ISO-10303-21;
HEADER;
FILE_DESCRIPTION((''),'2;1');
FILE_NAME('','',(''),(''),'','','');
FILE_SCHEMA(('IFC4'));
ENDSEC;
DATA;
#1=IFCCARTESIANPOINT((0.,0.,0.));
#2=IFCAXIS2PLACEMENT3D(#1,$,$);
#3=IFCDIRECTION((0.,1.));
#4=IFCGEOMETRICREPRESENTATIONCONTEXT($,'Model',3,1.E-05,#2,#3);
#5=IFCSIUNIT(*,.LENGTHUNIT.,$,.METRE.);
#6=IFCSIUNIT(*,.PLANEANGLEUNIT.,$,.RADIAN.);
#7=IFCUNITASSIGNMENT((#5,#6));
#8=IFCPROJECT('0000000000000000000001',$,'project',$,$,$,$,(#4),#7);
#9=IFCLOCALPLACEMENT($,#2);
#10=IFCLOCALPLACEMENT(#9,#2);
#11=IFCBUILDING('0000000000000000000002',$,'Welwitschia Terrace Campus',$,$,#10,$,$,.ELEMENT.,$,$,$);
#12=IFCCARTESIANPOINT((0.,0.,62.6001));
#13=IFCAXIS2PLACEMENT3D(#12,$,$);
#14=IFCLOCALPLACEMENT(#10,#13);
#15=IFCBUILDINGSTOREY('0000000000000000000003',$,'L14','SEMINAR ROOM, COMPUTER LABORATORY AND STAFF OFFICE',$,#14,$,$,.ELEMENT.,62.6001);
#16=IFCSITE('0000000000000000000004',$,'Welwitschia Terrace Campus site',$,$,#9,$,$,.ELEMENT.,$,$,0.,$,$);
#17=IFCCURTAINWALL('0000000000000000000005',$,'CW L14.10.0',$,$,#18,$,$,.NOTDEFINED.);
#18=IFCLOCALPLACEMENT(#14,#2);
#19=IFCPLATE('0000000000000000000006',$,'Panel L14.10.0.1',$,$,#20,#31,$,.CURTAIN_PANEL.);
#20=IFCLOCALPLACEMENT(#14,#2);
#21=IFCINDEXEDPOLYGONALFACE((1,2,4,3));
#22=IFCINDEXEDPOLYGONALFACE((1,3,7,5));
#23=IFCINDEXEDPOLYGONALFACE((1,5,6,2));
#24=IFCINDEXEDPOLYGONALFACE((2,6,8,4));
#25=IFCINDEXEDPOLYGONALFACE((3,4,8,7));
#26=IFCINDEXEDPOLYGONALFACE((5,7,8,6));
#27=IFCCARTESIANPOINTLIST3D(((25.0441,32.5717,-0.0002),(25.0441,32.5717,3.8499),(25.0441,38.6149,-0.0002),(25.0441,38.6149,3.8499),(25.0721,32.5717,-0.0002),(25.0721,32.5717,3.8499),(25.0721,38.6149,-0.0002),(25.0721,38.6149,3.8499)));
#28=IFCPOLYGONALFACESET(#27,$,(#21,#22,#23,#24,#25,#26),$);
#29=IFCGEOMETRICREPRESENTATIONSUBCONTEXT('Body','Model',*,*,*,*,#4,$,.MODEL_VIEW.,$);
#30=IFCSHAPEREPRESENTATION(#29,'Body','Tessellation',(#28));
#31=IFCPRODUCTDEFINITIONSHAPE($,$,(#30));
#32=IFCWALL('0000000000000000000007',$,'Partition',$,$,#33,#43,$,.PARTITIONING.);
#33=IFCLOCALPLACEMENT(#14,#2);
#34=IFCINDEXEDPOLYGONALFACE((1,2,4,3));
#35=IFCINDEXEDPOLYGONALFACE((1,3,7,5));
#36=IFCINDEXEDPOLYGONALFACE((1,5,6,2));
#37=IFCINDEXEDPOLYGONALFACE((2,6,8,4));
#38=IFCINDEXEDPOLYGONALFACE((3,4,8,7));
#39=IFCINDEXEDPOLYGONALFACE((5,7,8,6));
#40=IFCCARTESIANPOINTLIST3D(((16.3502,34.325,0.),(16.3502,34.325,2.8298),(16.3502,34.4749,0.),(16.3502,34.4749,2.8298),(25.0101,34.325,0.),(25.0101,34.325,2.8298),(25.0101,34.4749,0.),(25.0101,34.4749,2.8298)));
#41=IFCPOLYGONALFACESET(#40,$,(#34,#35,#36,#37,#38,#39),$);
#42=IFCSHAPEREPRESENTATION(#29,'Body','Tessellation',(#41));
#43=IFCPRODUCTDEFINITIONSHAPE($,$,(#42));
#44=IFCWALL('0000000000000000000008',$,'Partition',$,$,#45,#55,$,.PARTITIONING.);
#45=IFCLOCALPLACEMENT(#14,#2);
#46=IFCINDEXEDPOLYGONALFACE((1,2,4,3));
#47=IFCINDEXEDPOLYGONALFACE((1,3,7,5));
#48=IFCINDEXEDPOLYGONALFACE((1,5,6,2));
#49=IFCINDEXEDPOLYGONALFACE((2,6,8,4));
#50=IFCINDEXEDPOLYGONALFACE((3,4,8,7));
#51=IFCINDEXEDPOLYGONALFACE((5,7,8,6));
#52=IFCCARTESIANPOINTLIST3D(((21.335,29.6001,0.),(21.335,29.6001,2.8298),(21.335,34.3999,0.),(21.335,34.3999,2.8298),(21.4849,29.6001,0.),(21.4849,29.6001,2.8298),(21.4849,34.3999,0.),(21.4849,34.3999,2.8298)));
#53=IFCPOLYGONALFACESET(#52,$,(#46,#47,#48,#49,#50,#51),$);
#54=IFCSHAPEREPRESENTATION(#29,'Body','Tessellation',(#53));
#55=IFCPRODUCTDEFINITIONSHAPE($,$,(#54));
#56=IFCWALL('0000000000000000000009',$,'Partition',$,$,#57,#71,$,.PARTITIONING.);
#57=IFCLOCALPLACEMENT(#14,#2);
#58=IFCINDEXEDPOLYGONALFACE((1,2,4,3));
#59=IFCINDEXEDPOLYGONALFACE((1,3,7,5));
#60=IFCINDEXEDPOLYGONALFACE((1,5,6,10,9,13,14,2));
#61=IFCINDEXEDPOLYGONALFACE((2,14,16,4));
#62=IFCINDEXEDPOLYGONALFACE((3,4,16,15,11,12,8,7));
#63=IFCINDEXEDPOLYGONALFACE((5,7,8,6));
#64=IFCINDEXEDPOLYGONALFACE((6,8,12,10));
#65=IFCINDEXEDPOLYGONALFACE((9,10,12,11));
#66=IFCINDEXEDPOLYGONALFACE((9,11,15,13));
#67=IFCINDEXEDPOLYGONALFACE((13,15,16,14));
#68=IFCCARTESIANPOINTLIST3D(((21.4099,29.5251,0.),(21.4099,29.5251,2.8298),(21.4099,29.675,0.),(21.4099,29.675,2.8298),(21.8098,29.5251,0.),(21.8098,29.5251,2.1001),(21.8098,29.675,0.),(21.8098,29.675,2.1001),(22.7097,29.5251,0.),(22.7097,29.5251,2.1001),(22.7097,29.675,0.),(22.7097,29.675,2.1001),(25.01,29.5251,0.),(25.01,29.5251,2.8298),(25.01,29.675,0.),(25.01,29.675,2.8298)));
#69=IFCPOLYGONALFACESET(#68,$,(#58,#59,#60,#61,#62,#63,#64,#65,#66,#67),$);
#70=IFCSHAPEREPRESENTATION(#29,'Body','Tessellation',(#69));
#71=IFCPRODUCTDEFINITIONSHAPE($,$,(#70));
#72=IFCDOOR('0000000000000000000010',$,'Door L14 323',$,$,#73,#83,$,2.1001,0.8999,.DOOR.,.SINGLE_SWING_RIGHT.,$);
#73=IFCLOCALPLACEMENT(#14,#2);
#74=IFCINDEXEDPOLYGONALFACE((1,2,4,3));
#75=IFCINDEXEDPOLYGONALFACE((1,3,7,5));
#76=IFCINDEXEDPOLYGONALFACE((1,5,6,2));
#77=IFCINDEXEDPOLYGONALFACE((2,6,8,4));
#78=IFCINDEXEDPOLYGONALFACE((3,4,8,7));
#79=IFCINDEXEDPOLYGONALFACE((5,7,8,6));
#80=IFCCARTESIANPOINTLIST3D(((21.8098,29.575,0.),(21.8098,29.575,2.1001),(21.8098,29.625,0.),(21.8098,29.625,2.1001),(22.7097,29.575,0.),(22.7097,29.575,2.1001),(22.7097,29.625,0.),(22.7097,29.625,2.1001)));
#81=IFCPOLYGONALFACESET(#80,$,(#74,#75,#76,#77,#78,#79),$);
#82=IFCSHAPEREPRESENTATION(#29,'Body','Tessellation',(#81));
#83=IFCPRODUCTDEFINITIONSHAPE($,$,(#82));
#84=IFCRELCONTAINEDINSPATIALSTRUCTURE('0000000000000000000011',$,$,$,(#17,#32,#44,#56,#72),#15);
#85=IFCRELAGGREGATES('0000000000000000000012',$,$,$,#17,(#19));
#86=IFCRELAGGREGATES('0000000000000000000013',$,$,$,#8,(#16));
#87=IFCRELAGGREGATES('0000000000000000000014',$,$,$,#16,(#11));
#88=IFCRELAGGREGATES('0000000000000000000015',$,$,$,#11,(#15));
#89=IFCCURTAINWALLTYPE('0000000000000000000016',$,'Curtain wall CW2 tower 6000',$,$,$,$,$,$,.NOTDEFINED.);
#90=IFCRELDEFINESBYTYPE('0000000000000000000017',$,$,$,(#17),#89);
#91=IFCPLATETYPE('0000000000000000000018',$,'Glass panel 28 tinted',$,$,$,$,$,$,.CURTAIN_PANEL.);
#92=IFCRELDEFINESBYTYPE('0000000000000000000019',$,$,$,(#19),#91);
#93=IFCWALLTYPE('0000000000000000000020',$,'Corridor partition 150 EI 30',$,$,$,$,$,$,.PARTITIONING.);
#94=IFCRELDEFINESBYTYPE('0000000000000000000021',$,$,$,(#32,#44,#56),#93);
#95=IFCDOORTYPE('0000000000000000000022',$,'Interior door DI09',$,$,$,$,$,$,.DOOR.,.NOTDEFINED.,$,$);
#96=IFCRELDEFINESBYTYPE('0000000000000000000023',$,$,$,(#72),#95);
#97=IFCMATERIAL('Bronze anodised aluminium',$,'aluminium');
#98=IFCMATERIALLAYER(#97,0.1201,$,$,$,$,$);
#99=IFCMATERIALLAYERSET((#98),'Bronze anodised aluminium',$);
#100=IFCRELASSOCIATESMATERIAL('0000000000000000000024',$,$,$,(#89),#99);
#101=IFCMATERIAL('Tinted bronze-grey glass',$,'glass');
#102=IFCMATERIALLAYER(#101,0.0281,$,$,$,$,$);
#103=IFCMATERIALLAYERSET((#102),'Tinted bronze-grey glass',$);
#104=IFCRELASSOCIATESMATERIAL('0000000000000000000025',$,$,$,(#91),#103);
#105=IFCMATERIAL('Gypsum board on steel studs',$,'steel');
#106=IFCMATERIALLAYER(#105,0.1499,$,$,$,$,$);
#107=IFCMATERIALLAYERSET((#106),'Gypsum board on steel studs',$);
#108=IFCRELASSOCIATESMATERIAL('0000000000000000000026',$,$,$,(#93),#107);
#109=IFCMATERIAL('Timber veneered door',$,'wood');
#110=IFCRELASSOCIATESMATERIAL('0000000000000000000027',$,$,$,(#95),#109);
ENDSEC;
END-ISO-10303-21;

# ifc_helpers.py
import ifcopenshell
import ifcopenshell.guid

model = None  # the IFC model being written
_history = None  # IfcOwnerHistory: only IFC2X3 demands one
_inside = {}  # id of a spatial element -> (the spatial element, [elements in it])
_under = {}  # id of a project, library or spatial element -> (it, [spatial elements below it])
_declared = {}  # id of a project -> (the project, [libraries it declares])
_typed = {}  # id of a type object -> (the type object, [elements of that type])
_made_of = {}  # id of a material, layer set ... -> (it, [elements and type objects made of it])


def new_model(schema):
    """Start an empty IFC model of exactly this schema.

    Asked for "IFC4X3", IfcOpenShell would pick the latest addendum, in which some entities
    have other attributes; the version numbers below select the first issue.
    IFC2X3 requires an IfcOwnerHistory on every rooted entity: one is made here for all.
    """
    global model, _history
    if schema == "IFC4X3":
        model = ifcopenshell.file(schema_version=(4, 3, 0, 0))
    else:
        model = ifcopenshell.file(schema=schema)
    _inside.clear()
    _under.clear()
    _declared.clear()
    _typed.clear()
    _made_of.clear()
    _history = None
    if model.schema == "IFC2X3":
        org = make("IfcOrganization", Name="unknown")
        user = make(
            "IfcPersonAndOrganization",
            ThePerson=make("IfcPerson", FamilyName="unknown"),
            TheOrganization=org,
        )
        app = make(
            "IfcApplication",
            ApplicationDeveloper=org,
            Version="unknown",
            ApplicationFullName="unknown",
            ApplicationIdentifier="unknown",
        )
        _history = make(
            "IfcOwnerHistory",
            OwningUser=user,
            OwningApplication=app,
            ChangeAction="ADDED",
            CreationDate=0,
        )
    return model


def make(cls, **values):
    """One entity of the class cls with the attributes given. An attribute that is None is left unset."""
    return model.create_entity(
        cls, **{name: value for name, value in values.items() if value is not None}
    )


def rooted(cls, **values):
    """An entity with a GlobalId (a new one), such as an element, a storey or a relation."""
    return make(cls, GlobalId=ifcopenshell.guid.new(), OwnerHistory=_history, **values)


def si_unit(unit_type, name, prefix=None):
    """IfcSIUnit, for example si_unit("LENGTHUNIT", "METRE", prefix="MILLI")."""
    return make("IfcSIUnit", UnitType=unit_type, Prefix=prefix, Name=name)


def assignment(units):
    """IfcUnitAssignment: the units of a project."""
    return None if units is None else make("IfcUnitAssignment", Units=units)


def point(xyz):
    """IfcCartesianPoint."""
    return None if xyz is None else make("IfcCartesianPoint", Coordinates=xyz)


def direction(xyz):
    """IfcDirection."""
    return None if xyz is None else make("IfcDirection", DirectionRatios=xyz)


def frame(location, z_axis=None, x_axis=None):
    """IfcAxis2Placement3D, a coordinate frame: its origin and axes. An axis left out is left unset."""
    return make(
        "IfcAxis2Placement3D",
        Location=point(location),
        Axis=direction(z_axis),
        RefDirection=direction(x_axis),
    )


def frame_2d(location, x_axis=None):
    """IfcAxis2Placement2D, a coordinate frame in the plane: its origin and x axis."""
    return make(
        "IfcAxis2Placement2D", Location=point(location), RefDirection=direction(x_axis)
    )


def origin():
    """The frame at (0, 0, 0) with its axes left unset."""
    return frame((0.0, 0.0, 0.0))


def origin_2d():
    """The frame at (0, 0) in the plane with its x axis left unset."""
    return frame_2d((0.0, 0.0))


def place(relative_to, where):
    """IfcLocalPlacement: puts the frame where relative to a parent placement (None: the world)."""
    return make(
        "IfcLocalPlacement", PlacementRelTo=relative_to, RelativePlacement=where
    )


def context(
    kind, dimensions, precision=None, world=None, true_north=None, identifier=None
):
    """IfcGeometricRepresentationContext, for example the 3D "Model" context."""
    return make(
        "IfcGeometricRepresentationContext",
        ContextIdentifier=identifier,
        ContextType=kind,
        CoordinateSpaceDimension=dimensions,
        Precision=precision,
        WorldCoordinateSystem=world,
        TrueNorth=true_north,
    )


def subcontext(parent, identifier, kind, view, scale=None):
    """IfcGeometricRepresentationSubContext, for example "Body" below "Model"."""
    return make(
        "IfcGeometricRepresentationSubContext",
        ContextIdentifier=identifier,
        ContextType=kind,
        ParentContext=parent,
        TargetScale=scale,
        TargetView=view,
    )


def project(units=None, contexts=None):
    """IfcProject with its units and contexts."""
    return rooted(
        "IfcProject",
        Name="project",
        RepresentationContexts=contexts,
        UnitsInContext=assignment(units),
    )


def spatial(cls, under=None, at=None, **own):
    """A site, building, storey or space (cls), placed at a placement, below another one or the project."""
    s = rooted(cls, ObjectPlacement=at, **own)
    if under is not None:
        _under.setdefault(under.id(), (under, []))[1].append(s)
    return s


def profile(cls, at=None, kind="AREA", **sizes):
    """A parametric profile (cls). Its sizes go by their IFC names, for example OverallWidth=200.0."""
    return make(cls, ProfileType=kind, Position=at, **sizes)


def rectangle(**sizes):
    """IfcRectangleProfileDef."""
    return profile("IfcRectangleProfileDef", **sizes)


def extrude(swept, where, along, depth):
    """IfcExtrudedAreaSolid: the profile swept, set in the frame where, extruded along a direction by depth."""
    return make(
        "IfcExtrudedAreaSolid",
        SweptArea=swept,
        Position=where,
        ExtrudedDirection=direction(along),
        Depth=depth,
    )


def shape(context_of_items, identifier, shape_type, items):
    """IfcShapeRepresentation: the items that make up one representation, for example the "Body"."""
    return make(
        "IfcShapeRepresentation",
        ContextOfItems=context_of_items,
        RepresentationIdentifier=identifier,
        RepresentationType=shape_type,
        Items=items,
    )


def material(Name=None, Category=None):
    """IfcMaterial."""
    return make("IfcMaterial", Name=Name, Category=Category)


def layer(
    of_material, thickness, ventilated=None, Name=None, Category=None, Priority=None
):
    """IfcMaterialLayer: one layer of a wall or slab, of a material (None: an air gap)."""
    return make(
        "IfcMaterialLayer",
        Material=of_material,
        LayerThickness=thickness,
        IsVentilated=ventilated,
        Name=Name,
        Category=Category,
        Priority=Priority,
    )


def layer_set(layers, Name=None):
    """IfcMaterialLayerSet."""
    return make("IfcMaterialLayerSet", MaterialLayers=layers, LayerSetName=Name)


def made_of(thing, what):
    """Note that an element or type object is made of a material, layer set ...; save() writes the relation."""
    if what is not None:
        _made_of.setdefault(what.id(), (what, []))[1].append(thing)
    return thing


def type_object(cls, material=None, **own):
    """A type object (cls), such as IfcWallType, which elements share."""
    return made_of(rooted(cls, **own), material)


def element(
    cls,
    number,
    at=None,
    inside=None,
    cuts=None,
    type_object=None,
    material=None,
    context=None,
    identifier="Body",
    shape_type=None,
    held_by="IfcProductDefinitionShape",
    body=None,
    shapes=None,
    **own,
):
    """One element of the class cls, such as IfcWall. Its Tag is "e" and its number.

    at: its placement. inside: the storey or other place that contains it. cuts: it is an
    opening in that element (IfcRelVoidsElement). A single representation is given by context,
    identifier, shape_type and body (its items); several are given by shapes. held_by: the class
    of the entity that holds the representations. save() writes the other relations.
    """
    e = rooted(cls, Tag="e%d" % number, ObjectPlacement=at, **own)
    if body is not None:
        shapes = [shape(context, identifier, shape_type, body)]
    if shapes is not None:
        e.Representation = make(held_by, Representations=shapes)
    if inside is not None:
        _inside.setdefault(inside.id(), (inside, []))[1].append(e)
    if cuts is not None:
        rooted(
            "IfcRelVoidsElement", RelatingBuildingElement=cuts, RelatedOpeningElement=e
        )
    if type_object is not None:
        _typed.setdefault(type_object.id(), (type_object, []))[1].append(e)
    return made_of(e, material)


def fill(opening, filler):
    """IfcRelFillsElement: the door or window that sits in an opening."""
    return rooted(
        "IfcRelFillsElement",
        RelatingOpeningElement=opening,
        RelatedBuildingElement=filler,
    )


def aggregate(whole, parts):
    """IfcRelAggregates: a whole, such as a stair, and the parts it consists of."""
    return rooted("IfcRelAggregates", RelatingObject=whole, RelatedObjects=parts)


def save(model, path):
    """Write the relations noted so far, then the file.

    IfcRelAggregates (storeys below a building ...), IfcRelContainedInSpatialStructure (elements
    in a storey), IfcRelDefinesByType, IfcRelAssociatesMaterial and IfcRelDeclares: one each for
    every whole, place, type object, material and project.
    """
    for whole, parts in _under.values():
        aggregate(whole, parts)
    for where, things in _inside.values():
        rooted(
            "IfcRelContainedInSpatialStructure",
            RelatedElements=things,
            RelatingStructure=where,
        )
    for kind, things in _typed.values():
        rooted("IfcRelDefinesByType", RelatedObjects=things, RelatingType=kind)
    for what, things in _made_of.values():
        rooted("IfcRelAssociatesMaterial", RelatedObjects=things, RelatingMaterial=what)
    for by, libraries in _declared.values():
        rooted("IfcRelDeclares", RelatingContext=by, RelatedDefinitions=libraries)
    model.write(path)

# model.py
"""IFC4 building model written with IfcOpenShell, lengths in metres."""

from ifc_helpers import new_model, si_unit, direction, frame, frame_2d, origin, origin_2d, place, context, subcontext, project, spatial, rectangle, extrude, material, layer, layer_set, type_object, element, fill, aggregate, save


model = new_model("IFC4")

# Units and contexts
model_context = context("Model", 3, precision=1e-05, world=origin(), true_north=direction((0.0, 1.0)))
body_context = subcontext(model_context, "Body", "Model", "MODEL_VIEW")
ifc_project = project(units=[si_unit("LENGTHUNIT", "METRE"), si_unit("PLANEANGLEUNIT", "RADIAN")], contexts=[model_context])

# Site, building, storey
site_placement = place(None, origin())
site = spatial("IfcSite", under=ifc_project, at=site_placement, Name="Welwitschia Terrace Campus site", CompositionType="ELEMENT", RefElevation=0.0)
building_placement = place(site_placement, origin())
building = spatial("IfcBuilding", under=site, at=building_placement, Name="Welwitschia Terrace Campus", CompositionType="ELEMENT")
storey_placement = place(building_placement, frame((0.0, 0.0, 62.6001)))
storey = spatial("IfcBuildingStorey", under=building, at=storey_placement, Name="L14", Description="SEMINAR ROOM, COMPUTER LABORATORY AND STAFF OFFICE", CompositionType="ELEMENT", Elevation=62.6001)

# Curtain wall
ifc_material_1 = material(Name="Bronze anodised aluminium", Category="aluminium")
ifc_layer_1 = layer(ifc_material_1, 0.1201)
ifc_layer_set_1 = layer_set([ifc_layer_1], Name="Bronze anodised aluminium")
curtain_wall_type = type_object("IfcCurtainWallType", Name="Curtain wall CW2 tower 6000", PredefinedType="NOTDEFINED", material=ifc_layer_set_1)
curtain_wall_placement = place(storey_placement, origin())
curtain_wall = element("IfcCurtainWall", 1, at=curtain_wall_placement, inside=storey, type_object=curtain_wall_type, Name="CW L14.10.0", PredefinedType="NOTDEFINED")

# Plate
ifc_material_2 = material(Name="Tinted bronze-grey glass", Category="glass")
ifc_layer_2 = layer(ifc_material_2, 0.0281)
ifc_layer_set_2 = layer_set([ifc_layer_2], Name="Tinted bronze-grey glass")
plate_type = type_object("IfcPlateType", Name="Glass panel 28 tinted", PredefinedType="CURTAIN_PANEL", material=ifc_layer_set_2)
plate_1_placement = place(storey_placement, frame((25.0581, 35.5933, -0.0002), z_axis=(0.0, 0.0, 1.0), x_axis=(0.0, 1.0, 0.0)))
plate_1 = element("IfcPlate", 2, at=plate_1_placement, type_object=plate_type, Name="Panel L14.10.0.1", PredefinedType="CURTAIN_PANEL", context=body_context, shape_type="SweptSolid", body=[
    extrude(rectangle(XDim=6.0432, YDim=0.0281, at=origin_2d()), origin(), (0.0, 0.0, 1.0), 3.8501),
])
aggregate(curtain_wall, [plate_1])

# Walls
ifc_material_3 = material(Name="Gypsum board on steel studs", Category="steel")
ifc_layer_3 = layer(ifc_material_3, 0.1499)
ifc_layer_set_3 = layer_set([ifc_layer_3], Name="Gypsum board on steel studs")
wall_type = type_object("IfcWallType", Name="Corridor partition 150 EI 30", PredefinedType="PARTITIONING", material=ifc_layer_set_3)
wall_1_placement = place(storey_placement, frame((16.3501, 34.3999, 0.0), z_axis=(0.0, 0.0, 1.0), x_axis=(1.0, 0.0, 0.0)))
element("IfcWall", 3, at=wall_1_placement, inside=storey, type_object=wall_type, Name="Partition", PredefinedType="PARTITIONING", context=body_context, shape_type="SweptSolid", body=[
    extrude(rectangle(XDim=8.6599, YDim=0.1499, at=frame_2d((4.3301, 0.0))), origin(), (0.0, 0.0, 1.0), 2.8298),
])
wall_2_placement = place(storey_placement, frame((21.4099, 29.6001, 0.0), z_axis=(0.0, 0.0, 1.0), x_axis=(0.0, 1.0, 0.0)))
element("IfcWall", 4, at=wall_2_placement, inside=storey, type_object=wall_type, Name="Partition", PredefinedType="PARTITIONING", context=body_context, shape_type="SweptSolid", body=[
    extrude(rectangle(XDim=4.7998, YDim=0.1499, at=frame_2d((2.3999, 0.0))), origin(), (0.0, 0.0, 1.0), 2.8298),
])

# Wall, opening, door
wall_3_placement = place(storey_placement, frame((21.4099, 29.6001, 0.0), z_axis=(0.0, 0.0, 1.0), x_axis=(1.0, 0.0, 0.0)))
wall_3 = element("IfcWall", 5, at=wall_3_placement, inside=storey, type_object=wall_type, Name="Partition", PredefinedType="PARTITIONING", context=body_context, shape_type="SweptSolid", body=[
    extrude(rectangle(XDim=3.6001, YDim=0.1499, at=frame_2d((1.8, 0.0))), origin(), (0.0, 0.0, 1.0), 2.8298),
])
opening_placement = place(wall_3_placement, frame((0.3999, 0.0, 0.0)))
opening = element("IfcOpeningElement", 6, at=opening_placement, cuts=wall_3, PredefinedType="OPENING", context=body_context, shape_type="SweptSolid", body=[
    extrude(rectangle(XDim=0.8999, YDim=2.1001, at=frame_2d((0.45, 1.05))), frame((0.0, 0.085, 0.0), z_axis=(0.0, -1.0, 0.0), x_axis=(1.0, 0.0, 0.0)), (0.0, 0.0, 1.0), 0.1699),
])
ifc_material_4 = material(Name="Timber veneered door", Category="wood")
door_type = type_object("IfcDoorType", Name="Interior door DI09", OperationType="NOTDEFINED", PredefinedType="DOOR", material=ifc_material_4)
door_placement = place(opening_placement, origin())
door = element("IfcDoor", 7, at=door_placement, inside=storey, type_object=door_type, Name="Door L14 323", OperationType="SINGLE_SWING_RIGHT", OverallHeight=2.1001, OverallWidth=0.8999, PredefinedType="DOOR", context=body_context, shape_type="SweptSolid", body=[
    extrude(rectangle(XDim=0.8999, YDim=2.1001, at=frame_2d((0.45, 1.05))), frame((0.0, 0.0249, 0.0), z_axis=(0.0, -1.0, 0.0), x_axis=(1.0, 0.0, 0.0)), (0.0, 0.0, 1.0), 0.05),
])
fill(opening, door)

save(model, "model.ifc")
